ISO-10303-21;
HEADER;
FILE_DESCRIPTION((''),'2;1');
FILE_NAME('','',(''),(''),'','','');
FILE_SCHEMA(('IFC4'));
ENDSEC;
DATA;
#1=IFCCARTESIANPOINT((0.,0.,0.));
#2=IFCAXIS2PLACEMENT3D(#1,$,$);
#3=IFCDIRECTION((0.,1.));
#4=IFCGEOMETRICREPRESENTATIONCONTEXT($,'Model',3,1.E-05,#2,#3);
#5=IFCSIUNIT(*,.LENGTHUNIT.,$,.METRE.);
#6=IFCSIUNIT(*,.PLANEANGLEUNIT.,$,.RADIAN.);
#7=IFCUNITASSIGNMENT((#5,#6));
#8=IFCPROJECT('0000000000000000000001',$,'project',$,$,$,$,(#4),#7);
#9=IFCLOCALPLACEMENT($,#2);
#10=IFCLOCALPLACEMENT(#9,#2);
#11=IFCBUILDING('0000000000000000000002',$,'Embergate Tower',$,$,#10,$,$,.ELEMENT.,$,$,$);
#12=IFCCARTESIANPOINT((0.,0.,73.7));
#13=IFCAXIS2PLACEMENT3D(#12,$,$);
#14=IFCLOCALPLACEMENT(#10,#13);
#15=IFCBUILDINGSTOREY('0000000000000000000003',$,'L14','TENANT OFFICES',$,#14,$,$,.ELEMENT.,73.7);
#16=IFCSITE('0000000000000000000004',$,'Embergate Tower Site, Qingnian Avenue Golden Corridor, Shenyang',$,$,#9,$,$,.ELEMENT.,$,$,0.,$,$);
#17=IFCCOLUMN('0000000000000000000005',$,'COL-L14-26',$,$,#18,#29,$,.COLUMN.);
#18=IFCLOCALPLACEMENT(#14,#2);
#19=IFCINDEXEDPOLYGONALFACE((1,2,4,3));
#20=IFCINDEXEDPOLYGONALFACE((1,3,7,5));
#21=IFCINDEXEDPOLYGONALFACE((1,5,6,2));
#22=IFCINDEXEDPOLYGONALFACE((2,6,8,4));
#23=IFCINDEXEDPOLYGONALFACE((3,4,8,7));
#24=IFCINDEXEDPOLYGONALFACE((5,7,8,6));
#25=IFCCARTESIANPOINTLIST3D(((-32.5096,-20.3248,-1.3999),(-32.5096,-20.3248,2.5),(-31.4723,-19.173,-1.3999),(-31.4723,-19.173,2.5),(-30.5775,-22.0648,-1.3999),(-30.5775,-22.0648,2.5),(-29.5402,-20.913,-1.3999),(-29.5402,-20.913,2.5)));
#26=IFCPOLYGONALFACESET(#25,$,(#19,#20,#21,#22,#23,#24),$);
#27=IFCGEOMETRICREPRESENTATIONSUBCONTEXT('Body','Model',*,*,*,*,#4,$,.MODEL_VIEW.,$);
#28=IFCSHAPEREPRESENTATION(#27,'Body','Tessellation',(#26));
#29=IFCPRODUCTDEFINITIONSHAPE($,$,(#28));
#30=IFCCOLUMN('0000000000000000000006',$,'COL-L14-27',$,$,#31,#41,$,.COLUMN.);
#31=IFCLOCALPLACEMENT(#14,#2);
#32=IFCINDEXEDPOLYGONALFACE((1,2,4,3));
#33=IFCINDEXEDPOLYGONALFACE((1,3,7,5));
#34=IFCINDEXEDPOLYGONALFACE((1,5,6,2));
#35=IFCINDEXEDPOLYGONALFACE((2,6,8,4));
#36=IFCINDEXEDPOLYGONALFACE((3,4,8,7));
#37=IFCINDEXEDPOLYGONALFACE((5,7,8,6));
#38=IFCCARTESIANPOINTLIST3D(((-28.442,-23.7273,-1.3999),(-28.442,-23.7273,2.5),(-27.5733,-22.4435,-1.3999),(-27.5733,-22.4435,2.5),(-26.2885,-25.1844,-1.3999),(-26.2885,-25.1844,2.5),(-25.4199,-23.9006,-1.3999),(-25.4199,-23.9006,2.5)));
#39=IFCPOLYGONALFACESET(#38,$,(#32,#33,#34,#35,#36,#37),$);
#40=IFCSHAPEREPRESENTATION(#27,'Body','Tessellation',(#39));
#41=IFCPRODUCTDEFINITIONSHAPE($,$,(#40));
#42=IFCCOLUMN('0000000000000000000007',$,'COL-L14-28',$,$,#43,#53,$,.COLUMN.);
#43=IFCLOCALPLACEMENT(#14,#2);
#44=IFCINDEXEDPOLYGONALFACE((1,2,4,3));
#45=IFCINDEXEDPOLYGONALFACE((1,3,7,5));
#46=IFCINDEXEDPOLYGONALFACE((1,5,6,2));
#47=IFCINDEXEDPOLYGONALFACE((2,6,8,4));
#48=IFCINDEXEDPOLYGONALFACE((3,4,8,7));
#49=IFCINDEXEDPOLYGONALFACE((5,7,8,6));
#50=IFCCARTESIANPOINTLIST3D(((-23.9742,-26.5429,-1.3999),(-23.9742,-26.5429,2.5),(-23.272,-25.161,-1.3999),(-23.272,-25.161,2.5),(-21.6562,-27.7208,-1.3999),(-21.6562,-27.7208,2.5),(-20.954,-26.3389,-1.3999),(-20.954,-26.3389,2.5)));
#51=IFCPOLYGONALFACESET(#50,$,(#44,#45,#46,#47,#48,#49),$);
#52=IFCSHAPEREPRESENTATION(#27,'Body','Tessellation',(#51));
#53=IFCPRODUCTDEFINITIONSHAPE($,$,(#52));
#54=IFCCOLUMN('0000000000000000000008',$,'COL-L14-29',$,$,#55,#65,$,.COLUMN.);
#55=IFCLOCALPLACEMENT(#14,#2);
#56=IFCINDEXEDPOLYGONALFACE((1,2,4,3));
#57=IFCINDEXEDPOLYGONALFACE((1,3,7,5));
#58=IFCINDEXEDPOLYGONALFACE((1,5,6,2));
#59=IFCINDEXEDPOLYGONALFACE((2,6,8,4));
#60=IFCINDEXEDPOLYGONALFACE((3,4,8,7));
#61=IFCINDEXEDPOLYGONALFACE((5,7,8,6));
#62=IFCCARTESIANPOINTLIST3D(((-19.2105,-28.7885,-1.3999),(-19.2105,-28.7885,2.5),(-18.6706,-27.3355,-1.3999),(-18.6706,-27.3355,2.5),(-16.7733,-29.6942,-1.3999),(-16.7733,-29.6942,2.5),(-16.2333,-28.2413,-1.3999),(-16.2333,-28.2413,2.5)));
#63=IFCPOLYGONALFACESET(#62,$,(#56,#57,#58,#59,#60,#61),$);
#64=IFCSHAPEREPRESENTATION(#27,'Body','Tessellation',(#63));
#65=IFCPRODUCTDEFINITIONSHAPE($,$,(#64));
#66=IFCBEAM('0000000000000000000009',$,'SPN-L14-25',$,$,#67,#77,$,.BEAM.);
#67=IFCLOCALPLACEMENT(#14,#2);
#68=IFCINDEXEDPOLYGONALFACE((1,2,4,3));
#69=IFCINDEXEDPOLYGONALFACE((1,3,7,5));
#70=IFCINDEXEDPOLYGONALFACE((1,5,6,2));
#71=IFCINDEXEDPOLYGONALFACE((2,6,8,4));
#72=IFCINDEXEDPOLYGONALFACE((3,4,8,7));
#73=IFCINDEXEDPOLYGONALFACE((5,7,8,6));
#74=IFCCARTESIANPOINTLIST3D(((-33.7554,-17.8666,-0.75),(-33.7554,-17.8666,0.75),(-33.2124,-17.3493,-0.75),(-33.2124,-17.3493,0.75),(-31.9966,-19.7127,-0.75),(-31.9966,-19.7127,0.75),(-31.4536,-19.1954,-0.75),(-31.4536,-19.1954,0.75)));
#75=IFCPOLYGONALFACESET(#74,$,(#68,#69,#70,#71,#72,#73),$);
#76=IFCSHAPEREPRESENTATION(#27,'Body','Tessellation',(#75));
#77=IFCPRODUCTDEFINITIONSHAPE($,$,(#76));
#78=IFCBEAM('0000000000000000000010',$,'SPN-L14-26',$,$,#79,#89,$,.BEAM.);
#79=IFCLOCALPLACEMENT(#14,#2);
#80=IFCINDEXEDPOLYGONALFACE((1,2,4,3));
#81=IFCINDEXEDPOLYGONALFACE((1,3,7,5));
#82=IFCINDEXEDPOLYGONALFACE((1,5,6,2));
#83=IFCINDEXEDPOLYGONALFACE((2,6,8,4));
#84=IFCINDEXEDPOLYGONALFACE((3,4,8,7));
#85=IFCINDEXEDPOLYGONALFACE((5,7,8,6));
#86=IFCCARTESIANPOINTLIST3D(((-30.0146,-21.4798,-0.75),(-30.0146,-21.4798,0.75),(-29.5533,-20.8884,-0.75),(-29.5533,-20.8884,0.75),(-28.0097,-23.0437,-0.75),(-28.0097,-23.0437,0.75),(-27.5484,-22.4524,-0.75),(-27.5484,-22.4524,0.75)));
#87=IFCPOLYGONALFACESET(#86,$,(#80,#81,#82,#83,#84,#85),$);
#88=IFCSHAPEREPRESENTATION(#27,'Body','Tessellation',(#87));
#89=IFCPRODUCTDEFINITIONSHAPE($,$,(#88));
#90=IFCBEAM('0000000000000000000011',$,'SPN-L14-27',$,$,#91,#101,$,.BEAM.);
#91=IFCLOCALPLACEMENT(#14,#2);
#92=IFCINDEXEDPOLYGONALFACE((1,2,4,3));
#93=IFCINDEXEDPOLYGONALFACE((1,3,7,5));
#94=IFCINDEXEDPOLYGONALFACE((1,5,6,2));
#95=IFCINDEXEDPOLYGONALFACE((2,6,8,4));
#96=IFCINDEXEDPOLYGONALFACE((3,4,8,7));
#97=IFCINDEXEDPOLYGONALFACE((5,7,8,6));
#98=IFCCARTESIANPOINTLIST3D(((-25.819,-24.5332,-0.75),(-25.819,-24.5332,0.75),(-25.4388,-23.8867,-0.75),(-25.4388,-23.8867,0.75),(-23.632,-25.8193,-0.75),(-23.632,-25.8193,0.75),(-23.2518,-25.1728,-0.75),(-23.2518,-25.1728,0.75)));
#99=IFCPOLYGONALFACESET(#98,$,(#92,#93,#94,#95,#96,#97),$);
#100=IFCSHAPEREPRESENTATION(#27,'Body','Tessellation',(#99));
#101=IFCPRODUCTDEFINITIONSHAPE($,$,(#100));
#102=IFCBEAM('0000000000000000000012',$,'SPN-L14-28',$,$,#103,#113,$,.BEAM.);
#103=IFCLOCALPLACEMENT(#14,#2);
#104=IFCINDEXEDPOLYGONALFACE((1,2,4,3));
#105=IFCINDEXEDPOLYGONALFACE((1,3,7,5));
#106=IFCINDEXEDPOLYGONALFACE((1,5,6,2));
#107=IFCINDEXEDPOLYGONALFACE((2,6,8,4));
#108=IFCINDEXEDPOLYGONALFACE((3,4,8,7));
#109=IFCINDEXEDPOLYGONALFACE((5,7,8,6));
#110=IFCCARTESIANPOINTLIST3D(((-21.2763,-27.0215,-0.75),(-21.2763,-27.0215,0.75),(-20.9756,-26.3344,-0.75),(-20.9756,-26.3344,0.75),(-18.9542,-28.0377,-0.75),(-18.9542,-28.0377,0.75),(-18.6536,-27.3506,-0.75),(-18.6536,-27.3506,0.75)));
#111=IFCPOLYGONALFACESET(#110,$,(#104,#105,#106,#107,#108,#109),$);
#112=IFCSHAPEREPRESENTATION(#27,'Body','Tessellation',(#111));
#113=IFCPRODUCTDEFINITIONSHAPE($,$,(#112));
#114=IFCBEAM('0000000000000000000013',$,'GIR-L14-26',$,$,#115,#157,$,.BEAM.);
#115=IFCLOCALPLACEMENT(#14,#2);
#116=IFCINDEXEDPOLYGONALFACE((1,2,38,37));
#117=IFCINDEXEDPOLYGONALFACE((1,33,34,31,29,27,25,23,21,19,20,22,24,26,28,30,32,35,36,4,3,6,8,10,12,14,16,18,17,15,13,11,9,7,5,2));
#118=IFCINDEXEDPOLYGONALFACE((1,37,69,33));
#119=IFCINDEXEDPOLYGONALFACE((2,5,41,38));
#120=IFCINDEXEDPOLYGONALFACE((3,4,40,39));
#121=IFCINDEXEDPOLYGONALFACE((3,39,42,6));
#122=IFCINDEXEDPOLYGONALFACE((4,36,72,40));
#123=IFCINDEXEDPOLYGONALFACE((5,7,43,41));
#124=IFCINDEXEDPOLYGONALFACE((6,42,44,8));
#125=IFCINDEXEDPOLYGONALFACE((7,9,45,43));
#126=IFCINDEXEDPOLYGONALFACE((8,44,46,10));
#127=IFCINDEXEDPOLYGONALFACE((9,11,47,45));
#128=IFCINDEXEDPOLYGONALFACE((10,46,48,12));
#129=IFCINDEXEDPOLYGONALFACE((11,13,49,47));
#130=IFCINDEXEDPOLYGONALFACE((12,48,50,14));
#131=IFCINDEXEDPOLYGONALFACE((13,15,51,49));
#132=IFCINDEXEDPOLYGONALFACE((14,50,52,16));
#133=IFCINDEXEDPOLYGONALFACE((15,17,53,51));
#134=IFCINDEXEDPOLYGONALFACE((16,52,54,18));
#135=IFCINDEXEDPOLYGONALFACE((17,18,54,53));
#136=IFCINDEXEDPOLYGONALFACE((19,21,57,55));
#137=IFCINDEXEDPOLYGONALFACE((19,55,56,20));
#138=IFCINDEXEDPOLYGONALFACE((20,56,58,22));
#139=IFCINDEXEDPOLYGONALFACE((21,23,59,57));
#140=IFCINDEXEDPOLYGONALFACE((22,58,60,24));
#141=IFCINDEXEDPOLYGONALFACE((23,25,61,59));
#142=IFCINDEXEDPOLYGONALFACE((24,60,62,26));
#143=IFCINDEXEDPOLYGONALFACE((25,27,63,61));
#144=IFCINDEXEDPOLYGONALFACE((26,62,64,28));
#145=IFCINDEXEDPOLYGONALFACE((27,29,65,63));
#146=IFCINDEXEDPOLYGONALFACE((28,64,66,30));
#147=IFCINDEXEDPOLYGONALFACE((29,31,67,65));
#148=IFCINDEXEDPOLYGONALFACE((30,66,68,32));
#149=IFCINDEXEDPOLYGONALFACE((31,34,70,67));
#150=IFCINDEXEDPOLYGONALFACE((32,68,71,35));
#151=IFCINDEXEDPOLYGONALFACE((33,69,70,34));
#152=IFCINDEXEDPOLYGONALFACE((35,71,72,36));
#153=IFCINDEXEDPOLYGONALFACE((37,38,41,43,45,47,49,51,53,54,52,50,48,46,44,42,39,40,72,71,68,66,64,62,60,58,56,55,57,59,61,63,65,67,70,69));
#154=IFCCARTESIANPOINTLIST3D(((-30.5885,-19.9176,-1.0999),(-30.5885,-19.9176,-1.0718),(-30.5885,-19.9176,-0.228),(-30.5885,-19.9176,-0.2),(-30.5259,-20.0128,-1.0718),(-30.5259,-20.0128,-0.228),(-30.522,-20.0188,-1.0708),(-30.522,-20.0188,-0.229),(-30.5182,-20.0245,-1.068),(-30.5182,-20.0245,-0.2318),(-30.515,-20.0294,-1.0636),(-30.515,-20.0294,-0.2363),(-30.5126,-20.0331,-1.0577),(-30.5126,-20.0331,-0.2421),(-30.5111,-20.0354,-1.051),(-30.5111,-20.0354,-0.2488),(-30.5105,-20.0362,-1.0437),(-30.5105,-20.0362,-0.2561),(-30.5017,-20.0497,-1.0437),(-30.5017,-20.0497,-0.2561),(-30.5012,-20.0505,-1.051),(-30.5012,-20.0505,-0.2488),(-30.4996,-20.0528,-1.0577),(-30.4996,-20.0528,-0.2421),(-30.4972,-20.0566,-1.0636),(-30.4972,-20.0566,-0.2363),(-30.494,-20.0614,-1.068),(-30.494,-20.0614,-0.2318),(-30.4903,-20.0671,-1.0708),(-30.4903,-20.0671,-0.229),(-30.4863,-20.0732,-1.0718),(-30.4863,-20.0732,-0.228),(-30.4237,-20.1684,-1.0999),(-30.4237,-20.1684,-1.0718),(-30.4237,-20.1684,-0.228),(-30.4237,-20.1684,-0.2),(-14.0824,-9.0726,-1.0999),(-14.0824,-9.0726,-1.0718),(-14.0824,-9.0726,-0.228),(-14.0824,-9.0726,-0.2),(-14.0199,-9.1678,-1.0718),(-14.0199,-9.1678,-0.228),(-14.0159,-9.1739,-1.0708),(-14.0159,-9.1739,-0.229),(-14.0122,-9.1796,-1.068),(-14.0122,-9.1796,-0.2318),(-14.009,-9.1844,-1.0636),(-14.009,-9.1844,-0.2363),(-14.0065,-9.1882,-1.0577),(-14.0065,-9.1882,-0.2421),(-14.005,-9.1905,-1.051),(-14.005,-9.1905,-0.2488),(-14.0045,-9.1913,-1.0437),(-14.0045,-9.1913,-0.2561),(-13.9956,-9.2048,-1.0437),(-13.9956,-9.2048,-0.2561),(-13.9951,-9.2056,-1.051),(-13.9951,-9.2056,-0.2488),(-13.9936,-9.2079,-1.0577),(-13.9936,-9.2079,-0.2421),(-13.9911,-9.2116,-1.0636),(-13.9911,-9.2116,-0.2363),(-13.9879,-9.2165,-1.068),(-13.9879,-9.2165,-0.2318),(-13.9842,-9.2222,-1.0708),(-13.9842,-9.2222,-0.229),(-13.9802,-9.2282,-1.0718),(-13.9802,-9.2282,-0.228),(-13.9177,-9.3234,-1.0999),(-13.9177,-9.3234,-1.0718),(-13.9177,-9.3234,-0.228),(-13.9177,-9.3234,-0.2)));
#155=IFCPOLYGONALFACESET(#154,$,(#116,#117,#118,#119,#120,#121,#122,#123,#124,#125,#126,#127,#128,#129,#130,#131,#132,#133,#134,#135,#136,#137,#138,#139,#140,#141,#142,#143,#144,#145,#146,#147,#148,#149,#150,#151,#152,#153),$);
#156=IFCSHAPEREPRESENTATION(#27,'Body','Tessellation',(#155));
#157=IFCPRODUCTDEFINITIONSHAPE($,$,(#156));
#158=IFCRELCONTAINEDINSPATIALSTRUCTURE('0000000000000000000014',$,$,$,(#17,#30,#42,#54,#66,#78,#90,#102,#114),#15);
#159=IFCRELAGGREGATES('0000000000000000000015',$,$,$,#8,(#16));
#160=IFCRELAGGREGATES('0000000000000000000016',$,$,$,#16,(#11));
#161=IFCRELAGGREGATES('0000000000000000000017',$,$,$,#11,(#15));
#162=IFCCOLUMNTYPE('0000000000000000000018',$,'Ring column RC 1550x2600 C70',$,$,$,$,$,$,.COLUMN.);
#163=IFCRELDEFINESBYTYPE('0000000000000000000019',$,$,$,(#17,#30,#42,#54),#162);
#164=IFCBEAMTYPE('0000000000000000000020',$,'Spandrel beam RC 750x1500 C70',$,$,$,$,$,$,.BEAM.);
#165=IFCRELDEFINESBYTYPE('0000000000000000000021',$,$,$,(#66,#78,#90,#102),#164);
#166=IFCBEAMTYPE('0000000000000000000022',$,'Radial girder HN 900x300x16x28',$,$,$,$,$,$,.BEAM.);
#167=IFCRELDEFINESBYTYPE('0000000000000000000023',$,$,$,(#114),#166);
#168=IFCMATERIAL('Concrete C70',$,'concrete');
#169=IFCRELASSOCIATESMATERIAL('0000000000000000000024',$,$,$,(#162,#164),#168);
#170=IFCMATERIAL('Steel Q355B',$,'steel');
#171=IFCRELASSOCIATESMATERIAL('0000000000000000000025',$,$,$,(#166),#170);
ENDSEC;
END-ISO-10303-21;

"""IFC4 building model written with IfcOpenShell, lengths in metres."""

from ifc_helpers import new_model, si_unit, direction, frame, origin, origin_2d, place, context, subcontext, project, spatial, rectangle, i_section, extrude, source, transform, mapped, material, material_profile, profile_set, type_object, element, save


model = new_model("IFC4")

# Units and contexts
model_context = context("Model", 3, precision=1e-05, world=origin(), true_north=direction((0.0, 1.0)))
body_context = subcontext(model_context, "Body", "Model", "MODEL_VIEW")
ifc_project = project(units=[si_unit("LENGTHUNIT", "METRE"), si_unit("PLANEANGLEUNIT", "RADIAN")], contexts=[model_context])

# Site, building, storey
site_placement = place(None, origin())
site = spatial("IfcSite", under=ifc_project, at=site_placement, Name="Embergate Tower Site, Qingnian Avenue Golden Corridor, Shenyang", CompositionType="ELEMENT", RefElevation=0.0)
building_placement = place(site_placement, origin())
building = spatial("IfcBuilding", under=site, at=building_placement, Name="Embergate Tower", CompositionType="ELEMENT")
storey_placement = place(building_placement, frame((0.0, 0.0, 73.7)))
storey = spatial("IfcBuildingStorey", under=building, at=storey_placement, Name="L14", Description="TENANT OFFICES", CompositionType="ELEMENT", Elevation=73.7)

# Columns
ifc_material_1 = material(Name="Concrete C70", Category="concrete")
ifc_material_profile_1 = material_profile(ifc_material_1, rectangle(XDim=1.55, YDim=2.6001, at=origin_2d()), Name="RC 1550x2600")
ifc_profile_set_1 = profile_set([ifc_material_profile_1], Name="Concrete C70")
column_type = type_object("IfcColumnType", Name="Ring column RC 1550x2600 C70", PredefinedType="COLUMN", material=ifc_profile_set_1)
shared_shape_1 = source(origin(), body_context, "Body", "SweptSolid", [
    extrude(rectangle(XDim=1.55, YDim=2.6001, at=origin_2d()), origin(), (0.0, 0.0, 1.0), 3.8999),
])
for number, where, z_axis, x_axis, name in (
    (1, (-31.0249, -20.6189, -1.3999), (0.0, 0.0, 1.0), (-0.669208, -0.743075, 0.0), "COL-L14-26"),
    (2, (-26.9309, -23.814, -1.3999), (0.0, 0.0, 1.0), (-0.560393, -0.828227, 0.0), "COL-L14-27"),
    (3, (-22.4641, -26.4409, -1.3999), (0.0, 0.0, 1.0), (-0.453011, -0.891505, 0.0), "COL-L14-28"),
    (4, (-17.7219, -28.5149, -1.3999), (0.0, 0.0, 1.0), (-0.348343, -0.937367, 0.0), "COL-L14-29"),
):
    element("IfcColumn", number, at=place(storey_placement, frame(where, z_axis=z_axis, x_axis=x_axis)), inside=storey, type_object=column_type, Name=name, PredefinedType="COLUMN", context=body_context, shape_type="MappedRepresentation", body=[
        mapped(shared_shape_1, transform((0.0, 0.0, 0.0))),
    ])

# Beams
ifc_material_profile_2 = material_profile(ifc_material_1, rectangle(XDim=0.75, YDim=1.5, at=origin_2d()), Name="RC 750x1500")
ifc_profile_set_2 = profile_set([ifc_material_profile_2], Name="Concrete C70")
beam_type_1 = type_object("IfcBeamType", Name="Spandrel beam RC 750x1500 C70", PredefinedType="BEAM", material=ifc_profile_set_2)
shared_shape_2 = source(origin(), body_context, "Body", "SweptSolid", [
    extrude(rectangle(XDim=0.75, YDim=1.5, at=origin_2d()), origin(), (0.0, 0.0, 1.0), 2.5498),
])
beam_1_placement = place(storey_placement, frame((-33.4839, -17.6079, 0.0), z_axis=(0.68976, -0.724038, 0.0), x_axis=(0.724038, 0.68976, 0.0)))
element("IfcBeam", 5, at=beam_1_placement, inside=storey, type_object=beam_type_1, Name="SPN-L14-25", PredefinedType="BEAM", context=body_context, shape_type="MappedRepresentation", body=[
    mapped(shared_shape_2, transform((0.0, 0.0, 0.0))),
])
shared_shape_3 = source(origin(), body_context, "Body", "SweptSolid", [
    extrude(rectangle(XDim=0.75, YDim=1.5, at=origin_2d()), origin(), (0.0, 0.0, 1.0), 2.5427),
])
beam_2_placement = place(storey_placement, frame((-29.7839, -21.1841, 0.0), z_axis=(0.788473, -0.61507, 0.0), x_axis=(0.61507, 0.788473, 0.0)))
element("IfcBeam", 6, at=beam_2_placement, inside=storey, type_object=beam_type_1, Name="SPN-L14-26", PredefinedType="BEAM", context=body_context, shape_type="MappedRepresentation", body=[
    mapped(shared_shape_3, transform((0.0, 0.0, 0.0))),
])
shared_shape_4 = source(origin(), body_context, "Body", "SweptSolid", [
    extrude(rectangle(XDim=0.75, YDim=1.5, at=origin_2d()), origin(), (0.0, 0.0, 1.0), 2.5371),
])
beam_3_placement = place(storey_placement, frame((-25.6289, -24.21, 0.0), z_axis=(0.861994, -0.506919, 0.0), x_axis=(0.506919, 0.861994, 0.0)))
element("IfcBeam", 7, at=beam_3_placement, inside=storey, type_object=beam_type_1, Name="SPN-L14-27", PredefinedType="BEAM", context=body_context, shape_type="MappedRepresentation", body=[
    mapped(shared_shape_4, transform((0.0, 0.0, 0.0))),
])
shared_shape_5 = source(origin(), body_context, "Body", "SweptSolid", [
    extrude(rectangle(XDim=0.75, YDim=1.5, at=origin_2d()), origin(), (0.0, 0.0, 1.0), 2.5347),
])
beam_4_placement = place(storey_placement, frame((-21.126, -26.678, 0.0), z_axis=(0.916124, -0.400895, 0.0), x_axis=(0.400895, 0.916124, 0.0)))
element("IfcBeam", 8, at=beam_4_placement, inside=storey, type_object=beam_type_1, Name="SPN-L14-28", PredefinedType="BEAM", context=body_context, shape_type="MappedRepresentation", body=[
    mapped(shared_shape_5, transform((0.0, 0.0, 0.0))),
])
ifc_material_2 = material(Name="Steel Q355B", Category="steel")
ifc_material_profile_3 = material_profile(ifc_material_2, i_section(OverallWidth=0.3, OverallDepth=0.8999, WebThickness=0.0161, FlangeThickness=0.0281, FilletRadius=0.0281, at=origin_2d()), Name="HN 900x300x16x28")
ifc_profile_set_3 = profile_set([ifc_material_profile_3], Name="Steel Q355 grade B")
beam_type_2 = type_object("IfcBeamType", Name="Radial girder HN 900x300x16x28", PredefinedType="BEAM", material=ifc_profile_set_3)
shared_shape_6 = source(origin(), body_context, "Body", "SweptSolid", [
    extrude(i_section(OverallWidth=0.3, OverallDepth=0.8999, WebThickness=0.0161, FlangeThickness=0.0281, FilletRadius=0.0281, at=origin_2d()), origin(), (0.0, 0.0, 1.0), 19.75),
])
beam_5_placement = place(storey_placement, frame((-30.5061, -20.043, -0.6499), z_axis=(0.83575, 0.549111, 0.0), x_axis=(-0.549111, 0.83575, 0.0)))
element("IfcBeam", 9, at=beam_5_placement, inside=storey, type_object=beam_type_2, Name="GIR-L14-26", PredefinedType="BEAM", context=body_context, shape_type="MappedRepresentation", body=[
    mapped(shared_shape_6, transform((0.0, 0.0, 0.0))),
])

save(model, "model.ifc")
